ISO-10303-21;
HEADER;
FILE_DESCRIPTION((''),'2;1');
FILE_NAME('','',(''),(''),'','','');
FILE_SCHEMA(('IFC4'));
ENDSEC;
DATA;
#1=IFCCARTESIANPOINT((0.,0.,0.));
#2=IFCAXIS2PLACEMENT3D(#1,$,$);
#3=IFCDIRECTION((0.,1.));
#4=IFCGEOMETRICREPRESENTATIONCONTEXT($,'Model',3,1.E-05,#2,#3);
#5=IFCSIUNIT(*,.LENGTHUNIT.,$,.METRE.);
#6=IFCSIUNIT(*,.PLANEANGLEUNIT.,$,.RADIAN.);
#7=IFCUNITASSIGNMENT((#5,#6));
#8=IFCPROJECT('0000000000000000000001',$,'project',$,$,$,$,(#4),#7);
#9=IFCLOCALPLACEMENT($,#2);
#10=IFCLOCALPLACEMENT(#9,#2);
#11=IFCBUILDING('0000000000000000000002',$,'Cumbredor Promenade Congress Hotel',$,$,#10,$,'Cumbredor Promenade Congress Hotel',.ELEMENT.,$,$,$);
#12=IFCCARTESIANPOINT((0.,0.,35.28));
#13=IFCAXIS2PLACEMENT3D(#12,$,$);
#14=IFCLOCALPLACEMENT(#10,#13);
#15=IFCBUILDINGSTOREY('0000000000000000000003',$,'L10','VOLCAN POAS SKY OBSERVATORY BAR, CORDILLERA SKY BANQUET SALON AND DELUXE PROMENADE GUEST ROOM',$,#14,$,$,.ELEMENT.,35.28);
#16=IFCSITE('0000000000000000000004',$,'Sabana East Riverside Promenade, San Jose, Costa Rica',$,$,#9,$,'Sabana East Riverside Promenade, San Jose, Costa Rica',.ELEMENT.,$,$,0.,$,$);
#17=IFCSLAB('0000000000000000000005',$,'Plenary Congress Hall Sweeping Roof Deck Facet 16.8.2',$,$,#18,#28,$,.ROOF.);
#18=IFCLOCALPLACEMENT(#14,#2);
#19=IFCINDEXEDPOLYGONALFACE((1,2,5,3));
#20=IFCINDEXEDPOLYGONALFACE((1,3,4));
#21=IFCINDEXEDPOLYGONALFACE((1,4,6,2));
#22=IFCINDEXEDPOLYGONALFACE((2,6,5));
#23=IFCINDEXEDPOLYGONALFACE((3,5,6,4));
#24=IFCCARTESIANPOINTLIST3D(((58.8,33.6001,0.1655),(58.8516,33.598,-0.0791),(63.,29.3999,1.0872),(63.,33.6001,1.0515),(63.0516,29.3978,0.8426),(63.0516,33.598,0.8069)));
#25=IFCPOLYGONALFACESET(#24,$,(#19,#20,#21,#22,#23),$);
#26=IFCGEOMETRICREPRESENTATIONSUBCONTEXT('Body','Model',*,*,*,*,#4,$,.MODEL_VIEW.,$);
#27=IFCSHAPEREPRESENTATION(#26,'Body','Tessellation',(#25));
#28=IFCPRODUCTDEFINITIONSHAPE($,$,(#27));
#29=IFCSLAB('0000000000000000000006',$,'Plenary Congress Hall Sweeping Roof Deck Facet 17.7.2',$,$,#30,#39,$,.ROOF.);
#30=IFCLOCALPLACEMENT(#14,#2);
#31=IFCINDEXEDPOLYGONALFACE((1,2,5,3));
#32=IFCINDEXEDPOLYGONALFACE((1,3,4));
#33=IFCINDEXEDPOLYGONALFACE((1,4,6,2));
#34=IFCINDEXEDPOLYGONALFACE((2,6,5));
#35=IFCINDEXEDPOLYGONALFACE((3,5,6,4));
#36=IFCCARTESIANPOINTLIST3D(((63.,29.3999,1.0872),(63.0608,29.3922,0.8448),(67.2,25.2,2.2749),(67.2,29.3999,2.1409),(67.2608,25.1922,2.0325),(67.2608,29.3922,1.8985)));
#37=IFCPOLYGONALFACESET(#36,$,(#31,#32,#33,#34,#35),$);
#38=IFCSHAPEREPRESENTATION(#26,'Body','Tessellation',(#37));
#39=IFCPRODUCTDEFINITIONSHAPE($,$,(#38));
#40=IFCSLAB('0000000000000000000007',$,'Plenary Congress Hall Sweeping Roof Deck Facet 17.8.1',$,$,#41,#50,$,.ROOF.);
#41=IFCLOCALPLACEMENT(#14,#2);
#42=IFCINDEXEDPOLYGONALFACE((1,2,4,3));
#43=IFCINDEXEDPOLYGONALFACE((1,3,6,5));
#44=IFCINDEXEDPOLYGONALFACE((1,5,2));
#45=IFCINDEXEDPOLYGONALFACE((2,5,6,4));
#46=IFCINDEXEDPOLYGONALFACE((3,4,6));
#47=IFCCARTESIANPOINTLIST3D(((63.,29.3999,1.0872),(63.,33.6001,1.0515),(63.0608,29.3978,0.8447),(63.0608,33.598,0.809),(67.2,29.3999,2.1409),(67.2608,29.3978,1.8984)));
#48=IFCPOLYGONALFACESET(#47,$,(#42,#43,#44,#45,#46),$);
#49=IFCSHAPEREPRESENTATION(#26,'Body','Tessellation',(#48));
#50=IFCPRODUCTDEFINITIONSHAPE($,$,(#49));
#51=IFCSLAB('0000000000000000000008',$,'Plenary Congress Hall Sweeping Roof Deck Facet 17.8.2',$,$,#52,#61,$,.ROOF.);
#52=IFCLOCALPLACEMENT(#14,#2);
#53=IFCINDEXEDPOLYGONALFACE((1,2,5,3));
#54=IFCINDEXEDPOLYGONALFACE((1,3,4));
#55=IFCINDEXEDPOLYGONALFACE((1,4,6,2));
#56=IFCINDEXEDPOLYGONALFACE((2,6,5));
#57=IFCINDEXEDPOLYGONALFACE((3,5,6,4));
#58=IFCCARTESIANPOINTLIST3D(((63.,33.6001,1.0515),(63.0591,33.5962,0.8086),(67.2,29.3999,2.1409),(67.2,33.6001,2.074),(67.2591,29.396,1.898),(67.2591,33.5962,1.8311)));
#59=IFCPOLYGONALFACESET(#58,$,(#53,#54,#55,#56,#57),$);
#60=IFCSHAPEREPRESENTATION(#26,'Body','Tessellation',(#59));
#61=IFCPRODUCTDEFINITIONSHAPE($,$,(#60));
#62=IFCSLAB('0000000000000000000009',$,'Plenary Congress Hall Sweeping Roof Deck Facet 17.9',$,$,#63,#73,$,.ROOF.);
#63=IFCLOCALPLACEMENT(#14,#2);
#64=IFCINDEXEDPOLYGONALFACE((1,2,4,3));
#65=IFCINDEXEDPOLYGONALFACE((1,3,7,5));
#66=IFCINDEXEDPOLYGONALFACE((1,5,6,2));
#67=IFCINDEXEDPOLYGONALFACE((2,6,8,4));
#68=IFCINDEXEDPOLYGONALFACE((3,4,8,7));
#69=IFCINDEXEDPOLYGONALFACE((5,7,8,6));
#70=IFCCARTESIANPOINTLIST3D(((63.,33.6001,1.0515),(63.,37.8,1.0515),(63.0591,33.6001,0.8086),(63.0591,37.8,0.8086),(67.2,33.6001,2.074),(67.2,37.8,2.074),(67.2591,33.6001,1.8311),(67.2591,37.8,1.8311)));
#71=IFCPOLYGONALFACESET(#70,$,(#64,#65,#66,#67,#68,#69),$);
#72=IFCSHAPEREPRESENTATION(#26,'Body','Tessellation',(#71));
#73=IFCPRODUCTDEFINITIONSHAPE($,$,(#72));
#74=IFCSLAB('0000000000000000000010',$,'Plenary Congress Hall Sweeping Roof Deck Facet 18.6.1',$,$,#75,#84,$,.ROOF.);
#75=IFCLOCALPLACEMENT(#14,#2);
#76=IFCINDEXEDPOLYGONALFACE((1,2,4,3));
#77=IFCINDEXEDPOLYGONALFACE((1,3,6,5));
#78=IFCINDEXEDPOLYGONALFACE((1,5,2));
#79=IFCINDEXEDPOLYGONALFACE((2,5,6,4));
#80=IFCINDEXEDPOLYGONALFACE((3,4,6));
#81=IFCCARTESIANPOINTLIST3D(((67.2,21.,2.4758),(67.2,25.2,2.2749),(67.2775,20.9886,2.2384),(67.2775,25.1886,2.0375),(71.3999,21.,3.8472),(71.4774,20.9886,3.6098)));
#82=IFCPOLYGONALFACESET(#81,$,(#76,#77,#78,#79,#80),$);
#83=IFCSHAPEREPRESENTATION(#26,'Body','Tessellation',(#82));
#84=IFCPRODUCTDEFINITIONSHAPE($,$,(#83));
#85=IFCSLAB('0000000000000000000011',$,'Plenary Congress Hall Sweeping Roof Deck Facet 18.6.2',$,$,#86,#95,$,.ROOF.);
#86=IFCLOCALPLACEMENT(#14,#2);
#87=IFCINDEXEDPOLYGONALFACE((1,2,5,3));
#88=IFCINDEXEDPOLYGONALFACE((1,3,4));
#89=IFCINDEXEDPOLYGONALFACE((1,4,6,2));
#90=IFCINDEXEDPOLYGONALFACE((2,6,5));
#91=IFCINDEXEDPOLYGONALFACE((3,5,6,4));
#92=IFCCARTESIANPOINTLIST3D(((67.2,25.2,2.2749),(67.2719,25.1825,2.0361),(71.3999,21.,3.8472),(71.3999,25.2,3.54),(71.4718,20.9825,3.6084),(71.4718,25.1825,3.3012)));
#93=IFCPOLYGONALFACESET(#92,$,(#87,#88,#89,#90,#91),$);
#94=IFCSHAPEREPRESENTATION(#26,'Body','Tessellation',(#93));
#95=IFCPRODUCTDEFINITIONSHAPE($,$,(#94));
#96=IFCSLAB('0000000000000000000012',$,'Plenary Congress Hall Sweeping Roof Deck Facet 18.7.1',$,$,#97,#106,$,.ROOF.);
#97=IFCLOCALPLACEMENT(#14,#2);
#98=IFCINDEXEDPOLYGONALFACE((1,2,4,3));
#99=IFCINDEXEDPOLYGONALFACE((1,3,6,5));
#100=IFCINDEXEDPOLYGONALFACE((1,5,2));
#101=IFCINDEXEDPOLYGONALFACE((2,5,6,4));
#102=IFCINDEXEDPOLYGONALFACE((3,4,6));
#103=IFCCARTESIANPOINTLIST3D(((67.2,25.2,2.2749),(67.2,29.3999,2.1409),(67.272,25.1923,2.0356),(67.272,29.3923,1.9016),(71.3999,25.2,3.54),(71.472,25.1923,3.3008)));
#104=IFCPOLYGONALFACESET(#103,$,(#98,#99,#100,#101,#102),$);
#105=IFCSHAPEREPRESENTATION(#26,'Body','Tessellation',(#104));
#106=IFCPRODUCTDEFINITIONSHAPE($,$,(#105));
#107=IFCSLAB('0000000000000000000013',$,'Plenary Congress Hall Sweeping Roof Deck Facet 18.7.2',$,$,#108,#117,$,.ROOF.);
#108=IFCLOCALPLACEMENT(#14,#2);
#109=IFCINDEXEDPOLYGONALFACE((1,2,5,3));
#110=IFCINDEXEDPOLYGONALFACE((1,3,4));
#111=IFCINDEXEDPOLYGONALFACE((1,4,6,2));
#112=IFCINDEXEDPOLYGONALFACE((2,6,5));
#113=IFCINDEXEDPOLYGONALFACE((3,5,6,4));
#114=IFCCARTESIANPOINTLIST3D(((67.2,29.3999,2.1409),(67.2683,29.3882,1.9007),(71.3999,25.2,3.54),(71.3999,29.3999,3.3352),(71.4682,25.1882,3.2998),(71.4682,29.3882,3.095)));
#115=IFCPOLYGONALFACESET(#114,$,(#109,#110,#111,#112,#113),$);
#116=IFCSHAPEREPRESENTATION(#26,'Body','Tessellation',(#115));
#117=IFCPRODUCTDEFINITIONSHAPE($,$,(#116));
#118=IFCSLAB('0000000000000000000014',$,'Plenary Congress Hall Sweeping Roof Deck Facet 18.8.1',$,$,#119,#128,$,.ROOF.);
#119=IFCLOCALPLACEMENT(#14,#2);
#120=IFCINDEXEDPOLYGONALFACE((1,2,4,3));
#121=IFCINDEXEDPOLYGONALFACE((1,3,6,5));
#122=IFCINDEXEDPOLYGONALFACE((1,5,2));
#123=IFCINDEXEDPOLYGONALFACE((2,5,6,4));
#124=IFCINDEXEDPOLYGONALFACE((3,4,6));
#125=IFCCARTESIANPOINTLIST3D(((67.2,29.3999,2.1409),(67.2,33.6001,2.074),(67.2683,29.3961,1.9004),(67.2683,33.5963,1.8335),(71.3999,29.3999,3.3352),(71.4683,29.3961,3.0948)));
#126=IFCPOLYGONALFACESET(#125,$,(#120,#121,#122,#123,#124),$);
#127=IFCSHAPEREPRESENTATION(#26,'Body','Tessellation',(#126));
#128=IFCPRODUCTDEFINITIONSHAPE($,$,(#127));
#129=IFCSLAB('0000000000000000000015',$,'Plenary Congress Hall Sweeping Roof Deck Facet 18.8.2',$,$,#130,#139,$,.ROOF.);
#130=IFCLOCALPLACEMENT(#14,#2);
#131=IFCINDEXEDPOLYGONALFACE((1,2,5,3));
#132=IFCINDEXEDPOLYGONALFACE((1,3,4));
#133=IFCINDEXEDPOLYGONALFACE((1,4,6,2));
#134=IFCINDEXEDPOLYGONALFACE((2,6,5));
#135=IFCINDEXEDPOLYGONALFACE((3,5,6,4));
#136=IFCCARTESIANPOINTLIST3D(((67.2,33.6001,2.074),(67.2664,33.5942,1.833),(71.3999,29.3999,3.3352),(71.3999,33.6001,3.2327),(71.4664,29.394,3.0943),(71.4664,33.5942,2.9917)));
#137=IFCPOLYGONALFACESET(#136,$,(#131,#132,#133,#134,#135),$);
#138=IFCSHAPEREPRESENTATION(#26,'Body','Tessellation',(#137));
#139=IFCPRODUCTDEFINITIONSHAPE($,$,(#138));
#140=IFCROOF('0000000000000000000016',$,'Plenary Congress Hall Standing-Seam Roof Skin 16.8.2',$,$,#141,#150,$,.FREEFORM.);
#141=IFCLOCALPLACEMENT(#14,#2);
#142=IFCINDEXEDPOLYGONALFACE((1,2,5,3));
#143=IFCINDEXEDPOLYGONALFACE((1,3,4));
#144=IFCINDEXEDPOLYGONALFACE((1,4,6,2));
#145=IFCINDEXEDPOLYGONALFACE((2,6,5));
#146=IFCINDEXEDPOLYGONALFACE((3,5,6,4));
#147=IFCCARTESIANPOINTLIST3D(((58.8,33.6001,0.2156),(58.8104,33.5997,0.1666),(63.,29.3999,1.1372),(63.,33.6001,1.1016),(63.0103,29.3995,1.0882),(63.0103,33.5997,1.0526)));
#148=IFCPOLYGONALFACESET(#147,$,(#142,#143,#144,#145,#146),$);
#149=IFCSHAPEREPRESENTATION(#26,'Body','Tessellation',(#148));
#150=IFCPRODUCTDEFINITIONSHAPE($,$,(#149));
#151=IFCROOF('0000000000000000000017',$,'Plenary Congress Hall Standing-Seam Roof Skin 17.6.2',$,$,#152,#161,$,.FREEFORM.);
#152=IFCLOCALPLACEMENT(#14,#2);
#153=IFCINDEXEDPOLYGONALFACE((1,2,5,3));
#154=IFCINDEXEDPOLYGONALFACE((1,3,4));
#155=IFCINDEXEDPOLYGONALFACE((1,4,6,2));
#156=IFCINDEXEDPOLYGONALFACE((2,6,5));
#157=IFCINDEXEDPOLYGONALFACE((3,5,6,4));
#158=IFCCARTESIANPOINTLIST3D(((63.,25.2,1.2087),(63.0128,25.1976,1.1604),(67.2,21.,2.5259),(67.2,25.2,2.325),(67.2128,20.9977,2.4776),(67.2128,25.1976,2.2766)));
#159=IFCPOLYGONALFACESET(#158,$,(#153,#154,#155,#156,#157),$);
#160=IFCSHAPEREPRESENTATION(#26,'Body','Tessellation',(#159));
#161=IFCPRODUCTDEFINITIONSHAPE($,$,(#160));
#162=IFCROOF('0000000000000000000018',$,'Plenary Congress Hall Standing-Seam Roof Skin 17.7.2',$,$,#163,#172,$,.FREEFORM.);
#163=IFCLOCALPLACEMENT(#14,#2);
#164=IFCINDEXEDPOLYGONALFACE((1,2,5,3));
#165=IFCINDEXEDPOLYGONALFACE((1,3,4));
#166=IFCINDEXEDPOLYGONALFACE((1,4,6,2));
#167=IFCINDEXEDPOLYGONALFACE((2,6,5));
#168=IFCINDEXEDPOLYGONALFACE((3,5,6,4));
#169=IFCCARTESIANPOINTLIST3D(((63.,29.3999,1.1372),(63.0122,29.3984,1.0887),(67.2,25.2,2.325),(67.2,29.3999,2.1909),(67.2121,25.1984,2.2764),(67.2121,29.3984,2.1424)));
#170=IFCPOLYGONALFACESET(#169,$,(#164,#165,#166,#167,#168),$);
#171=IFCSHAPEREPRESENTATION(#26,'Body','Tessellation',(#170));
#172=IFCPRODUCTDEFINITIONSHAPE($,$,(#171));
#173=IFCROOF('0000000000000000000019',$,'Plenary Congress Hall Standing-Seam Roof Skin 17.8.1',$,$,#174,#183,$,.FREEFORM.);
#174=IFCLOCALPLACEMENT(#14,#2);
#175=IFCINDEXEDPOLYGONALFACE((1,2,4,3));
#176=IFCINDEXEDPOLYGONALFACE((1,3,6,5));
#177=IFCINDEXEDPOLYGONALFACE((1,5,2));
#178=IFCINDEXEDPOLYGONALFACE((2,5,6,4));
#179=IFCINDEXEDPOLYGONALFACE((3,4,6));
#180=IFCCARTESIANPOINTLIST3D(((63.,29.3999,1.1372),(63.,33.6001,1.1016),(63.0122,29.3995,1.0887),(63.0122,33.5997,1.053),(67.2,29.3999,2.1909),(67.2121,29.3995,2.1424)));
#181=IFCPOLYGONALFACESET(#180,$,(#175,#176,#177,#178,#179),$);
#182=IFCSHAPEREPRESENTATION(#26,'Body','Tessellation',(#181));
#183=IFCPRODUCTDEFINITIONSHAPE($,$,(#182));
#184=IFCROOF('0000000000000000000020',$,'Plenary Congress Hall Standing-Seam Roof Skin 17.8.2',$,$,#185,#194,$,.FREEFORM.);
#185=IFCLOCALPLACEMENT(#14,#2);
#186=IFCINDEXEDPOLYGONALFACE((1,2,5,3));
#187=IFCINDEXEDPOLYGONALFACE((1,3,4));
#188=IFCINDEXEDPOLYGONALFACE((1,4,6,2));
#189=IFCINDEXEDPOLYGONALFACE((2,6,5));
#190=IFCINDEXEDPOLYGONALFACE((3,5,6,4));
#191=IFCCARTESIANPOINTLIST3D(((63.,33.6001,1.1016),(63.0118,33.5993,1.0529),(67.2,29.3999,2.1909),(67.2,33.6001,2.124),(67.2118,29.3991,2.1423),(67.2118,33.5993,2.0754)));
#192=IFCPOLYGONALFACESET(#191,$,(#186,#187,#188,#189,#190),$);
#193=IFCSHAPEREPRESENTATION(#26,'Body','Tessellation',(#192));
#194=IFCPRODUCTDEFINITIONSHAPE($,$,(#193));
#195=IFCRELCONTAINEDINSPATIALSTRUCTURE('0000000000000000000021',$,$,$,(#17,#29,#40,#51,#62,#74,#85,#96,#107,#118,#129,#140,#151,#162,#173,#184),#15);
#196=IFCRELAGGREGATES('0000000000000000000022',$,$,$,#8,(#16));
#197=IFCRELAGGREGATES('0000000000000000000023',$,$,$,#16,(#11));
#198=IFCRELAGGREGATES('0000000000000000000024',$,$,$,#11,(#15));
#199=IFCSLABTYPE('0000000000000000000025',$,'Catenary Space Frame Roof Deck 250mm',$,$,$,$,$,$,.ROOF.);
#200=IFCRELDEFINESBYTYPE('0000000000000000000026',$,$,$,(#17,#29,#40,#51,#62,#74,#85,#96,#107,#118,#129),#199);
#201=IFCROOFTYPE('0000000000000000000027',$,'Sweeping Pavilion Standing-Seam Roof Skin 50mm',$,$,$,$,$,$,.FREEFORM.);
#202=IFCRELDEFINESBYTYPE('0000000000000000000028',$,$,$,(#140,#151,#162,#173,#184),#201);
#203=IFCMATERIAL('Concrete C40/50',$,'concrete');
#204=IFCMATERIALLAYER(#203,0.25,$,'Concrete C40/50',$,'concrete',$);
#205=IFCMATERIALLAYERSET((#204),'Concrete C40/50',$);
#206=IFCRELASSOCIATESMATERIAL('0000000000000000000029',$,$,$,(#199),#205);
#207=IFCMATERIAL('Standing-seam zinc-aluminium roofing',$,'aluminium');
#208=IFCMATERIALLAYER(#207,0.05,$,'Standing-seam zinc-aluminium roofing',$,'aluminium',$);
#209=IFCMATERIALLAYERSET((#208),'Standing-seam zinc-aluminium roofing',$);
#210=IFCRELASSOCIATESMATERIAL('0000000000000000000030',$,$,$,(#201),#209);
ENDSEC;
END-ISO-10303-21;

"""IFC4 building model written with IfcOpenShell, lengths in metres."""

from ifc_helpers import new_model, si_unit, direction, frame, origin, place, context, subcontext, project, spatial, polyline, outline, extrude, material, layer, layer_set, type_object, element, save


model = new_model("IFC4")

# Units and contexts
model_context = context("Model", 3, precision=1e-05, world=origin(), true_north=direction((0.0, 1.0)))
body_context = subcontext(model_context, "Body", "Model", "MODEL_VIEW")
ifc_project = project(units=[si_unit("LENGTHUNIT", "METRE"), si_unit("PLANEANGLEUNIT", "RADIAN")], contexts=[model_context])

# Site, building, storey
site_placement = place(None, origin())
site = spatial("IfcSite", under=ifc_project, at=site_placement, Name="Sabana East Riverside Promenade, San Jose, Costa Rica", LongName="Sabana East Riverside Promenade, San Jose, Costa Rica", CompositionType="ELEMENT", RefElevation=0.0)
building_placement = place(site_placement, origin())
building = spatial("IfcBuilding", under=site, at=building_placement, Name="Cumbredor Promenade Congress Hotel", LongName="Cumbredor Promenade Congress Hotel", CompositionType="ELEMENT")
storey_placement = place(building_placement, frame((0.0, 0.0, 35.28)))
storey = spatial("IfcBuildingStorey", under=building, at=storey_placement, Name="L10", Description="VOLCAN POAS SKY OBSERVATORY BAR, CORDILLERA SKY BANQUET SALON AND DELUXE PROMENADE GUEST ROOM", CompositionType="ELEMENT", Elevation=35.28)

# Slabs
ifc_material_1 = material(Name="Concrete C40/50", Category="concrete")
ifc_layer_1 = layer(ifc_material_1, 0.25, Name="Concrete C40/50", Category="concrete")
ifc_layer_set_1 = layer_set([ifc_layer_1], Name="Concrete C40/50")
slab_type = type_object("IfcSlabType", Name="Catenary Space Frame Roof Deck 250mm", PredefinedType="ROOF", material=ifc_layer_set_1)
slab_1_placement = place(storey_placement, frame((63.0, 29.3999, 1.0872), z_axis=(-0.206402, 0.008303, 0.978432), x_axis=(0.0, 0.999964, -0.008486)))
element("IfcSlab", 1, at=slab_1_placement, inside=storey, type_object=slab_type, Name="Plenary Congress Hall Sweeping Roof Deck Facet 16.8.2", PredefinedType="ROOF", context=body_context, shape_type="SweptSolid", body=[
    extrude(outline(polyline([(0.0, 0.0), (4.2003, 0.0), (4.2079, 4.2924), (0.0, 0.0)])), origin(), (0.0, 0.0, -1.0), 0.25),
])
slab_2_placement = place(storey_placement, frame((67.2, 25.2, 2.2749), z_axis=(-0.243228, 0.030939, 0.969476), x_axis=(0.0, 0.999491, -0.031897)))
element("IfcSlab", 2, at=slab_2_placement, inside=storey, type_object=slab_type, Name="Plenary Congress Hall Sweeping Roof Deck Facet 17.7.2", PredefinedType="ROOF", context=body_context, shape_type="SweptSolid", body=[
    extrude(outline(polyline([(0.0, 0.0), (4.2021, 0.0), (4.2357, 4.33), (0.0, 0.0)])), origin(), (0.0, 0.0, -1.0), 0.25),
])
slab_3_placement = place(storey_placement, frame((63.0, 29.3999, 1.0872), z_axis=(-0.243337, 0.008231, 0.969907), x_axis=(0.96994, 0.0, 0.243345)))
element("IfcSlab", 3, at=slab_3_placement, inside=storey, type_object=slab_type, Name="Plenary Congress Hall Sweeping Roof Deck Facet 17.8.1", PredefinedType="ROOF", context=body_context, shape_type="SweptSolid", body=[
    extrude(outline(polyline([(0.0, 0.0), (4.3301, 0.0), (-0.0087, 4.2003), (0.0, 0.0)])), origin(), (0.0, 0.0, -1.0), 0.25),
])
slab_4_placement = place(storey_placement, frame((67.2, 29.3999, 2.1409), z_axis=(-0.236509, 0.015473, 0.971506), x_axis=(0.0, 0.999873, -0.015925)))
element("IfcSlab", 4, at=slab_4_placement, inside=storey, type_object=slab_type, Name="Plenary Congress Hall Sweeping Roof Deck Facet 17.8.2", PredefinedType="ROOF", context=body_context, shape_type="SweptSolid", body=[
    extrude(outline(polyline([(0.0, 0.0), (4.2007, 0.0), (4.217, 4.3226), (0.0, 0.0)])), origin(), (0.0, 0.0, -1.0), 0.25),
])
slab_5_placement = place(storey_placement, frame((63.0, 33.6001, 1.0515), z_axis=(-0.236537, 0.0, 0.971622), x_axis=(0.971622, 0.0, 0.236537)))
element("IfcSlab", 5, at=slab_5_placement, inside=storey, type_object=slab_type, Name="Plenary Congress Hall Sweeping Roof Deck Facet 17.9", PredefinedType="ROOF", context=body_context, shape_type="SweptSolid", body=[
    extrude(outline(polyline([(0.0, 0.0), (4.3226, 0.0), (4.3226, 4.2), (0.0, 4.2), (0.0, 0.0)])), origin(), (0.0, 0.0, -1.0), 0.25),
])
slab_6_placement = place(storey_placement, frame((67.2, 21.0, 2.4758), z_axis=(-0.310066, 0.045431, 0.949629), x_axis=(0.95061, 0.0, 0.310386)))
element("IfcSlab", 6, at=slab_6_placement, inside=storey, type_object=slab_type, Name="Plenary Congress Hall Sweeping Roof Deck Facet 18.6.1", PredefinedType="ROOF", context=body_context, shape_type="SweptSolid", body=[
    extrude(outline(polyline([(0.0, 0.0), (4.4182, 0.0), (-0.0624, 4.2043), (0.0, 0.0)])), origin(), (0.0, 0.0, -1.0), 0.25),
])
slab_7_placement = place(storey_placement, frame((71.3999, 21.0, 3.8472), z_axis=(-0.287721, 0.069848, 0.955164), x_axis=(0.0, 0.997337, -0.072932)))
element("IfcSlab", 7, at=slab_7_placement, inside=storey, type_object=slab_type, Name="Plenary Congress Hall Sweeping Roof Deck Facet 18.6.2", PredefinedType="ROOF", context=body_context, shape_type="SweptSolid", body=[
    extrude(outline(polyline([(0.0, 0.0), (4.2112, 0.0), (4.3034, 4.3854), (0.0, 0.0)])), origin(), (0.0, 0.0, -1.0), 0.25),
])
slab_8_placement = place(storey_placement, frame((67.2, 25.2, 2.2749), z_axis=(-0.288291, 0.030543, 0.957056), x_axis=(0.957502, 0.0, 0.288425)))
element("IfcSlab", 8, at=slab_8_placement, inside=storey, type_object=slab_type, Name="Plenary Congress Hall Sweeping Roof Deck Facet 18.7.1", PredefinedType="ROOF", context=body_context, shape_type="SweptSolid", body=[
    extrude(outline(polyline([(0.0, 0.0), (4.3864, 0.0), (-0.0387, 4.2019), (0.0, 0.0)])), origin(), (0.0, 0.0, -1.0), 0.25),
])
slab_9_placement = place(storey_placement, frame((71.3999, 25.2, 3.54), z_axis=(-0.273224, 0.046859, 0.960808), x_axis=(0.0, 0.998813, -0.048713)))
element("IfcSlab", 9, at=slab_9_placement, inside=storey, type_object=slab_type, Name="Plenary Congress Hall Sweeping Roof Deck Facet 18.7.2", PredefinedType="ROOF", context=body_context, shape_type="SweptSolid", body=[
    extrude(outline(polyline([(0.0, 0.0), (4.2049, 0.0), (4.2631, 4.3661), (0.0, 0.0)])), origin(), (0.0, 0.0, -1.0), 0.25),
])
slab_10_placement = place(storey_placement, frame((67.2, 29.3999, 2.1409), z_axis=(-0.273493, 0.015317, 0.961752), x_axis=(0.961865, 0.0, 0.273525)))
element("IfcSlab", 10, at=slab_10_placement, inside=storey, type_object=slab_type, Name="Plenary Congress Hall Sweeping Roof Deck Facet 18.8.1", PredefinedType="ROOF", context=body_context, shape_type="SweptSolid", body=[
    extrude(outline(polyline([(0.0, 0.0), (4.3665, 0.0), (-0.0183, 4.2007), (0.0, 0.0)])), origin(), (0.0, 0.0, -1.0), 0.25),
])
slab_11_placement = place(storey_placement, frame((71.3999, 29.3999, 3.3352), z_axis=(-0.265873, 0.023527, 0.963721), x_axis=(0.0, 0.999702, -0.024406)))
element("IfcSlab", 11, at=slab_11_placement, inside=storey, type_object=slab_type, Name="Plenary Congress Hall Sweeping Roof Deck Facet 18.8.2", PredefinedType="ROOF", context=body_context, shape_type="SweptSolid", body=[
    extrude(outline(polyline([(0.0, 0.0), (4.2014, 0.0), (4.2297, 4.3568), (0.0, 0.0)])), origin(), (0.0, 0.0, -1.0), 0.25),
])

# Roofs
ifc_material_2 = material(Name="Standing-seam zinc-aluminium roofing", Category="aluminium")
ifc_layer_2 = layer(ifc_material_2, 0.05, Name="Standing-seam zinc-aluminium roofing", Category="aluminium")
ifc_layer_set_2 = layer_set([ifc_layer_2], Name="Standing-seam zinc-aluminium roofing")
roof_type = type_object("IfcRoofType", Name="Sweeping Pavilion Standing-Seam Roof Skin 50mm", PredefinedType="FREEFORM", material=ifc_layer_set_2)
roof_1_placement = place(storey_placement, frame((63.0, 29.3999, 1.1372), z_axis=(-0.206402, 0.008303, 0.978432), x_axis=(0.0, 0.999964, -0.008486)))
element("IfcRoof", 12, at=roof_1_placement, inside=storey, type_object=roof_type, Name="Plenary Congress Hall Standing-Seam Roof Skin 16.8.2", PredefinedType="FREEFORM", context=body_context, shape_type="SweptSolid", body=[
    extrude(outline(polyline([(0.0, 0.0), (4.2003, 0.0), (4.2079, 4.2924), (0.0, 0.0)])), origin(), (0.0, 0.0, -1.0), 0.05),
])
roof_2_placement = place(storey_placement, frame((67.2, 21.0, 2.5259), z_axis=(-0.256577, 0.046186, 0.96542), x_axis=(0.0, 0.998858, -0.047786)))
element("IfcRoof", 13, at=roof_2_placement, inside=storey, type_object=roof_type, Name="Plenary Congress Hall Standing-Seam Roof Skin 17.6.2", PredefinedType="FREEFORM", context=body_context, shape_type="SweptSolid", body=[
    extrude(outline(polyline([(0.0, 0.0), (4.2048, 0.0), (4.2581, 4.3454), (0.0, 0.0)])), origin(), (0.0, 0.0, -1.0), 0.05),
])
roof_3_placement = place(storey_placement, frame((67.2, 25.2, 2.325), z_axis=(-0.243228, 0.030939, 0.969476), x_axis=(0.0, 0.999491, -0.031897)))
element("IfcRoof", 14, at=roof_3_placement, inside=storey, type_object=roof_type, Name="Plenary Congress Hall Standing-Seam Roof Skin 17.7.2", PredefinedType="FREEFORM", context=body_context, shape_type="SweptSolid", body=[
    extrude(outline(polyline([(0.0, 0.0), (4.2021, 0.0), (4.2357, 4.33), (0.0, 0.0)])), origin(), (0.0, 0.0, -1.0), 0.05),
])
roof_4_placement = place(storey_placement, frame((63.0, 29.3999, 1.1372), z_axis=(-0.243337, 0.008231, 0.969907), x_axis=(0.96994, 0.0, 0.243345)))
element("IfcRoof", 15, at=roof_4_placement, inside=storey, type_object=roof_type, Name="Plenary Congress Hall Standing-Seam Roof Skin 17.8.1", PredefinedType="FREEFORM", context=body_context, shape_type="SweptSolid", body=[
    extrude(outline(polyline([(0.0, 0.0), (4.3301, 0.0), (-0.0087, 4.2003), (0.0, 0.0)])), origin(), (0.0, 0.0, -1.0), 0.05),
])
roof_5_placement = place(storey_placement, frame((67.2, 29.3999, 2.1909), z_axis=(-0.236509, 0.015473, 0.971506), x_axis=(0.0, 0.999873, -0.015925)))
element("IfcRoof", 16, at=roof_5_placement, inside=storey, type_object=roof_type, Name="Plenary Congress Hall Standing-Seam Roof Skin 17.8.2", PredefinedType="FREEFORM", context=body_context, shape_type="SweptSolid", body=[
    extrude(outline(polyline([(0.0, 0.0), (4.2007, 0.0), (4.217, 4.3226), (0.0, 0.0)])), origin(), (0.0, 0.0, -1.0), 0.05),
])

save(model, "model.ifc")
